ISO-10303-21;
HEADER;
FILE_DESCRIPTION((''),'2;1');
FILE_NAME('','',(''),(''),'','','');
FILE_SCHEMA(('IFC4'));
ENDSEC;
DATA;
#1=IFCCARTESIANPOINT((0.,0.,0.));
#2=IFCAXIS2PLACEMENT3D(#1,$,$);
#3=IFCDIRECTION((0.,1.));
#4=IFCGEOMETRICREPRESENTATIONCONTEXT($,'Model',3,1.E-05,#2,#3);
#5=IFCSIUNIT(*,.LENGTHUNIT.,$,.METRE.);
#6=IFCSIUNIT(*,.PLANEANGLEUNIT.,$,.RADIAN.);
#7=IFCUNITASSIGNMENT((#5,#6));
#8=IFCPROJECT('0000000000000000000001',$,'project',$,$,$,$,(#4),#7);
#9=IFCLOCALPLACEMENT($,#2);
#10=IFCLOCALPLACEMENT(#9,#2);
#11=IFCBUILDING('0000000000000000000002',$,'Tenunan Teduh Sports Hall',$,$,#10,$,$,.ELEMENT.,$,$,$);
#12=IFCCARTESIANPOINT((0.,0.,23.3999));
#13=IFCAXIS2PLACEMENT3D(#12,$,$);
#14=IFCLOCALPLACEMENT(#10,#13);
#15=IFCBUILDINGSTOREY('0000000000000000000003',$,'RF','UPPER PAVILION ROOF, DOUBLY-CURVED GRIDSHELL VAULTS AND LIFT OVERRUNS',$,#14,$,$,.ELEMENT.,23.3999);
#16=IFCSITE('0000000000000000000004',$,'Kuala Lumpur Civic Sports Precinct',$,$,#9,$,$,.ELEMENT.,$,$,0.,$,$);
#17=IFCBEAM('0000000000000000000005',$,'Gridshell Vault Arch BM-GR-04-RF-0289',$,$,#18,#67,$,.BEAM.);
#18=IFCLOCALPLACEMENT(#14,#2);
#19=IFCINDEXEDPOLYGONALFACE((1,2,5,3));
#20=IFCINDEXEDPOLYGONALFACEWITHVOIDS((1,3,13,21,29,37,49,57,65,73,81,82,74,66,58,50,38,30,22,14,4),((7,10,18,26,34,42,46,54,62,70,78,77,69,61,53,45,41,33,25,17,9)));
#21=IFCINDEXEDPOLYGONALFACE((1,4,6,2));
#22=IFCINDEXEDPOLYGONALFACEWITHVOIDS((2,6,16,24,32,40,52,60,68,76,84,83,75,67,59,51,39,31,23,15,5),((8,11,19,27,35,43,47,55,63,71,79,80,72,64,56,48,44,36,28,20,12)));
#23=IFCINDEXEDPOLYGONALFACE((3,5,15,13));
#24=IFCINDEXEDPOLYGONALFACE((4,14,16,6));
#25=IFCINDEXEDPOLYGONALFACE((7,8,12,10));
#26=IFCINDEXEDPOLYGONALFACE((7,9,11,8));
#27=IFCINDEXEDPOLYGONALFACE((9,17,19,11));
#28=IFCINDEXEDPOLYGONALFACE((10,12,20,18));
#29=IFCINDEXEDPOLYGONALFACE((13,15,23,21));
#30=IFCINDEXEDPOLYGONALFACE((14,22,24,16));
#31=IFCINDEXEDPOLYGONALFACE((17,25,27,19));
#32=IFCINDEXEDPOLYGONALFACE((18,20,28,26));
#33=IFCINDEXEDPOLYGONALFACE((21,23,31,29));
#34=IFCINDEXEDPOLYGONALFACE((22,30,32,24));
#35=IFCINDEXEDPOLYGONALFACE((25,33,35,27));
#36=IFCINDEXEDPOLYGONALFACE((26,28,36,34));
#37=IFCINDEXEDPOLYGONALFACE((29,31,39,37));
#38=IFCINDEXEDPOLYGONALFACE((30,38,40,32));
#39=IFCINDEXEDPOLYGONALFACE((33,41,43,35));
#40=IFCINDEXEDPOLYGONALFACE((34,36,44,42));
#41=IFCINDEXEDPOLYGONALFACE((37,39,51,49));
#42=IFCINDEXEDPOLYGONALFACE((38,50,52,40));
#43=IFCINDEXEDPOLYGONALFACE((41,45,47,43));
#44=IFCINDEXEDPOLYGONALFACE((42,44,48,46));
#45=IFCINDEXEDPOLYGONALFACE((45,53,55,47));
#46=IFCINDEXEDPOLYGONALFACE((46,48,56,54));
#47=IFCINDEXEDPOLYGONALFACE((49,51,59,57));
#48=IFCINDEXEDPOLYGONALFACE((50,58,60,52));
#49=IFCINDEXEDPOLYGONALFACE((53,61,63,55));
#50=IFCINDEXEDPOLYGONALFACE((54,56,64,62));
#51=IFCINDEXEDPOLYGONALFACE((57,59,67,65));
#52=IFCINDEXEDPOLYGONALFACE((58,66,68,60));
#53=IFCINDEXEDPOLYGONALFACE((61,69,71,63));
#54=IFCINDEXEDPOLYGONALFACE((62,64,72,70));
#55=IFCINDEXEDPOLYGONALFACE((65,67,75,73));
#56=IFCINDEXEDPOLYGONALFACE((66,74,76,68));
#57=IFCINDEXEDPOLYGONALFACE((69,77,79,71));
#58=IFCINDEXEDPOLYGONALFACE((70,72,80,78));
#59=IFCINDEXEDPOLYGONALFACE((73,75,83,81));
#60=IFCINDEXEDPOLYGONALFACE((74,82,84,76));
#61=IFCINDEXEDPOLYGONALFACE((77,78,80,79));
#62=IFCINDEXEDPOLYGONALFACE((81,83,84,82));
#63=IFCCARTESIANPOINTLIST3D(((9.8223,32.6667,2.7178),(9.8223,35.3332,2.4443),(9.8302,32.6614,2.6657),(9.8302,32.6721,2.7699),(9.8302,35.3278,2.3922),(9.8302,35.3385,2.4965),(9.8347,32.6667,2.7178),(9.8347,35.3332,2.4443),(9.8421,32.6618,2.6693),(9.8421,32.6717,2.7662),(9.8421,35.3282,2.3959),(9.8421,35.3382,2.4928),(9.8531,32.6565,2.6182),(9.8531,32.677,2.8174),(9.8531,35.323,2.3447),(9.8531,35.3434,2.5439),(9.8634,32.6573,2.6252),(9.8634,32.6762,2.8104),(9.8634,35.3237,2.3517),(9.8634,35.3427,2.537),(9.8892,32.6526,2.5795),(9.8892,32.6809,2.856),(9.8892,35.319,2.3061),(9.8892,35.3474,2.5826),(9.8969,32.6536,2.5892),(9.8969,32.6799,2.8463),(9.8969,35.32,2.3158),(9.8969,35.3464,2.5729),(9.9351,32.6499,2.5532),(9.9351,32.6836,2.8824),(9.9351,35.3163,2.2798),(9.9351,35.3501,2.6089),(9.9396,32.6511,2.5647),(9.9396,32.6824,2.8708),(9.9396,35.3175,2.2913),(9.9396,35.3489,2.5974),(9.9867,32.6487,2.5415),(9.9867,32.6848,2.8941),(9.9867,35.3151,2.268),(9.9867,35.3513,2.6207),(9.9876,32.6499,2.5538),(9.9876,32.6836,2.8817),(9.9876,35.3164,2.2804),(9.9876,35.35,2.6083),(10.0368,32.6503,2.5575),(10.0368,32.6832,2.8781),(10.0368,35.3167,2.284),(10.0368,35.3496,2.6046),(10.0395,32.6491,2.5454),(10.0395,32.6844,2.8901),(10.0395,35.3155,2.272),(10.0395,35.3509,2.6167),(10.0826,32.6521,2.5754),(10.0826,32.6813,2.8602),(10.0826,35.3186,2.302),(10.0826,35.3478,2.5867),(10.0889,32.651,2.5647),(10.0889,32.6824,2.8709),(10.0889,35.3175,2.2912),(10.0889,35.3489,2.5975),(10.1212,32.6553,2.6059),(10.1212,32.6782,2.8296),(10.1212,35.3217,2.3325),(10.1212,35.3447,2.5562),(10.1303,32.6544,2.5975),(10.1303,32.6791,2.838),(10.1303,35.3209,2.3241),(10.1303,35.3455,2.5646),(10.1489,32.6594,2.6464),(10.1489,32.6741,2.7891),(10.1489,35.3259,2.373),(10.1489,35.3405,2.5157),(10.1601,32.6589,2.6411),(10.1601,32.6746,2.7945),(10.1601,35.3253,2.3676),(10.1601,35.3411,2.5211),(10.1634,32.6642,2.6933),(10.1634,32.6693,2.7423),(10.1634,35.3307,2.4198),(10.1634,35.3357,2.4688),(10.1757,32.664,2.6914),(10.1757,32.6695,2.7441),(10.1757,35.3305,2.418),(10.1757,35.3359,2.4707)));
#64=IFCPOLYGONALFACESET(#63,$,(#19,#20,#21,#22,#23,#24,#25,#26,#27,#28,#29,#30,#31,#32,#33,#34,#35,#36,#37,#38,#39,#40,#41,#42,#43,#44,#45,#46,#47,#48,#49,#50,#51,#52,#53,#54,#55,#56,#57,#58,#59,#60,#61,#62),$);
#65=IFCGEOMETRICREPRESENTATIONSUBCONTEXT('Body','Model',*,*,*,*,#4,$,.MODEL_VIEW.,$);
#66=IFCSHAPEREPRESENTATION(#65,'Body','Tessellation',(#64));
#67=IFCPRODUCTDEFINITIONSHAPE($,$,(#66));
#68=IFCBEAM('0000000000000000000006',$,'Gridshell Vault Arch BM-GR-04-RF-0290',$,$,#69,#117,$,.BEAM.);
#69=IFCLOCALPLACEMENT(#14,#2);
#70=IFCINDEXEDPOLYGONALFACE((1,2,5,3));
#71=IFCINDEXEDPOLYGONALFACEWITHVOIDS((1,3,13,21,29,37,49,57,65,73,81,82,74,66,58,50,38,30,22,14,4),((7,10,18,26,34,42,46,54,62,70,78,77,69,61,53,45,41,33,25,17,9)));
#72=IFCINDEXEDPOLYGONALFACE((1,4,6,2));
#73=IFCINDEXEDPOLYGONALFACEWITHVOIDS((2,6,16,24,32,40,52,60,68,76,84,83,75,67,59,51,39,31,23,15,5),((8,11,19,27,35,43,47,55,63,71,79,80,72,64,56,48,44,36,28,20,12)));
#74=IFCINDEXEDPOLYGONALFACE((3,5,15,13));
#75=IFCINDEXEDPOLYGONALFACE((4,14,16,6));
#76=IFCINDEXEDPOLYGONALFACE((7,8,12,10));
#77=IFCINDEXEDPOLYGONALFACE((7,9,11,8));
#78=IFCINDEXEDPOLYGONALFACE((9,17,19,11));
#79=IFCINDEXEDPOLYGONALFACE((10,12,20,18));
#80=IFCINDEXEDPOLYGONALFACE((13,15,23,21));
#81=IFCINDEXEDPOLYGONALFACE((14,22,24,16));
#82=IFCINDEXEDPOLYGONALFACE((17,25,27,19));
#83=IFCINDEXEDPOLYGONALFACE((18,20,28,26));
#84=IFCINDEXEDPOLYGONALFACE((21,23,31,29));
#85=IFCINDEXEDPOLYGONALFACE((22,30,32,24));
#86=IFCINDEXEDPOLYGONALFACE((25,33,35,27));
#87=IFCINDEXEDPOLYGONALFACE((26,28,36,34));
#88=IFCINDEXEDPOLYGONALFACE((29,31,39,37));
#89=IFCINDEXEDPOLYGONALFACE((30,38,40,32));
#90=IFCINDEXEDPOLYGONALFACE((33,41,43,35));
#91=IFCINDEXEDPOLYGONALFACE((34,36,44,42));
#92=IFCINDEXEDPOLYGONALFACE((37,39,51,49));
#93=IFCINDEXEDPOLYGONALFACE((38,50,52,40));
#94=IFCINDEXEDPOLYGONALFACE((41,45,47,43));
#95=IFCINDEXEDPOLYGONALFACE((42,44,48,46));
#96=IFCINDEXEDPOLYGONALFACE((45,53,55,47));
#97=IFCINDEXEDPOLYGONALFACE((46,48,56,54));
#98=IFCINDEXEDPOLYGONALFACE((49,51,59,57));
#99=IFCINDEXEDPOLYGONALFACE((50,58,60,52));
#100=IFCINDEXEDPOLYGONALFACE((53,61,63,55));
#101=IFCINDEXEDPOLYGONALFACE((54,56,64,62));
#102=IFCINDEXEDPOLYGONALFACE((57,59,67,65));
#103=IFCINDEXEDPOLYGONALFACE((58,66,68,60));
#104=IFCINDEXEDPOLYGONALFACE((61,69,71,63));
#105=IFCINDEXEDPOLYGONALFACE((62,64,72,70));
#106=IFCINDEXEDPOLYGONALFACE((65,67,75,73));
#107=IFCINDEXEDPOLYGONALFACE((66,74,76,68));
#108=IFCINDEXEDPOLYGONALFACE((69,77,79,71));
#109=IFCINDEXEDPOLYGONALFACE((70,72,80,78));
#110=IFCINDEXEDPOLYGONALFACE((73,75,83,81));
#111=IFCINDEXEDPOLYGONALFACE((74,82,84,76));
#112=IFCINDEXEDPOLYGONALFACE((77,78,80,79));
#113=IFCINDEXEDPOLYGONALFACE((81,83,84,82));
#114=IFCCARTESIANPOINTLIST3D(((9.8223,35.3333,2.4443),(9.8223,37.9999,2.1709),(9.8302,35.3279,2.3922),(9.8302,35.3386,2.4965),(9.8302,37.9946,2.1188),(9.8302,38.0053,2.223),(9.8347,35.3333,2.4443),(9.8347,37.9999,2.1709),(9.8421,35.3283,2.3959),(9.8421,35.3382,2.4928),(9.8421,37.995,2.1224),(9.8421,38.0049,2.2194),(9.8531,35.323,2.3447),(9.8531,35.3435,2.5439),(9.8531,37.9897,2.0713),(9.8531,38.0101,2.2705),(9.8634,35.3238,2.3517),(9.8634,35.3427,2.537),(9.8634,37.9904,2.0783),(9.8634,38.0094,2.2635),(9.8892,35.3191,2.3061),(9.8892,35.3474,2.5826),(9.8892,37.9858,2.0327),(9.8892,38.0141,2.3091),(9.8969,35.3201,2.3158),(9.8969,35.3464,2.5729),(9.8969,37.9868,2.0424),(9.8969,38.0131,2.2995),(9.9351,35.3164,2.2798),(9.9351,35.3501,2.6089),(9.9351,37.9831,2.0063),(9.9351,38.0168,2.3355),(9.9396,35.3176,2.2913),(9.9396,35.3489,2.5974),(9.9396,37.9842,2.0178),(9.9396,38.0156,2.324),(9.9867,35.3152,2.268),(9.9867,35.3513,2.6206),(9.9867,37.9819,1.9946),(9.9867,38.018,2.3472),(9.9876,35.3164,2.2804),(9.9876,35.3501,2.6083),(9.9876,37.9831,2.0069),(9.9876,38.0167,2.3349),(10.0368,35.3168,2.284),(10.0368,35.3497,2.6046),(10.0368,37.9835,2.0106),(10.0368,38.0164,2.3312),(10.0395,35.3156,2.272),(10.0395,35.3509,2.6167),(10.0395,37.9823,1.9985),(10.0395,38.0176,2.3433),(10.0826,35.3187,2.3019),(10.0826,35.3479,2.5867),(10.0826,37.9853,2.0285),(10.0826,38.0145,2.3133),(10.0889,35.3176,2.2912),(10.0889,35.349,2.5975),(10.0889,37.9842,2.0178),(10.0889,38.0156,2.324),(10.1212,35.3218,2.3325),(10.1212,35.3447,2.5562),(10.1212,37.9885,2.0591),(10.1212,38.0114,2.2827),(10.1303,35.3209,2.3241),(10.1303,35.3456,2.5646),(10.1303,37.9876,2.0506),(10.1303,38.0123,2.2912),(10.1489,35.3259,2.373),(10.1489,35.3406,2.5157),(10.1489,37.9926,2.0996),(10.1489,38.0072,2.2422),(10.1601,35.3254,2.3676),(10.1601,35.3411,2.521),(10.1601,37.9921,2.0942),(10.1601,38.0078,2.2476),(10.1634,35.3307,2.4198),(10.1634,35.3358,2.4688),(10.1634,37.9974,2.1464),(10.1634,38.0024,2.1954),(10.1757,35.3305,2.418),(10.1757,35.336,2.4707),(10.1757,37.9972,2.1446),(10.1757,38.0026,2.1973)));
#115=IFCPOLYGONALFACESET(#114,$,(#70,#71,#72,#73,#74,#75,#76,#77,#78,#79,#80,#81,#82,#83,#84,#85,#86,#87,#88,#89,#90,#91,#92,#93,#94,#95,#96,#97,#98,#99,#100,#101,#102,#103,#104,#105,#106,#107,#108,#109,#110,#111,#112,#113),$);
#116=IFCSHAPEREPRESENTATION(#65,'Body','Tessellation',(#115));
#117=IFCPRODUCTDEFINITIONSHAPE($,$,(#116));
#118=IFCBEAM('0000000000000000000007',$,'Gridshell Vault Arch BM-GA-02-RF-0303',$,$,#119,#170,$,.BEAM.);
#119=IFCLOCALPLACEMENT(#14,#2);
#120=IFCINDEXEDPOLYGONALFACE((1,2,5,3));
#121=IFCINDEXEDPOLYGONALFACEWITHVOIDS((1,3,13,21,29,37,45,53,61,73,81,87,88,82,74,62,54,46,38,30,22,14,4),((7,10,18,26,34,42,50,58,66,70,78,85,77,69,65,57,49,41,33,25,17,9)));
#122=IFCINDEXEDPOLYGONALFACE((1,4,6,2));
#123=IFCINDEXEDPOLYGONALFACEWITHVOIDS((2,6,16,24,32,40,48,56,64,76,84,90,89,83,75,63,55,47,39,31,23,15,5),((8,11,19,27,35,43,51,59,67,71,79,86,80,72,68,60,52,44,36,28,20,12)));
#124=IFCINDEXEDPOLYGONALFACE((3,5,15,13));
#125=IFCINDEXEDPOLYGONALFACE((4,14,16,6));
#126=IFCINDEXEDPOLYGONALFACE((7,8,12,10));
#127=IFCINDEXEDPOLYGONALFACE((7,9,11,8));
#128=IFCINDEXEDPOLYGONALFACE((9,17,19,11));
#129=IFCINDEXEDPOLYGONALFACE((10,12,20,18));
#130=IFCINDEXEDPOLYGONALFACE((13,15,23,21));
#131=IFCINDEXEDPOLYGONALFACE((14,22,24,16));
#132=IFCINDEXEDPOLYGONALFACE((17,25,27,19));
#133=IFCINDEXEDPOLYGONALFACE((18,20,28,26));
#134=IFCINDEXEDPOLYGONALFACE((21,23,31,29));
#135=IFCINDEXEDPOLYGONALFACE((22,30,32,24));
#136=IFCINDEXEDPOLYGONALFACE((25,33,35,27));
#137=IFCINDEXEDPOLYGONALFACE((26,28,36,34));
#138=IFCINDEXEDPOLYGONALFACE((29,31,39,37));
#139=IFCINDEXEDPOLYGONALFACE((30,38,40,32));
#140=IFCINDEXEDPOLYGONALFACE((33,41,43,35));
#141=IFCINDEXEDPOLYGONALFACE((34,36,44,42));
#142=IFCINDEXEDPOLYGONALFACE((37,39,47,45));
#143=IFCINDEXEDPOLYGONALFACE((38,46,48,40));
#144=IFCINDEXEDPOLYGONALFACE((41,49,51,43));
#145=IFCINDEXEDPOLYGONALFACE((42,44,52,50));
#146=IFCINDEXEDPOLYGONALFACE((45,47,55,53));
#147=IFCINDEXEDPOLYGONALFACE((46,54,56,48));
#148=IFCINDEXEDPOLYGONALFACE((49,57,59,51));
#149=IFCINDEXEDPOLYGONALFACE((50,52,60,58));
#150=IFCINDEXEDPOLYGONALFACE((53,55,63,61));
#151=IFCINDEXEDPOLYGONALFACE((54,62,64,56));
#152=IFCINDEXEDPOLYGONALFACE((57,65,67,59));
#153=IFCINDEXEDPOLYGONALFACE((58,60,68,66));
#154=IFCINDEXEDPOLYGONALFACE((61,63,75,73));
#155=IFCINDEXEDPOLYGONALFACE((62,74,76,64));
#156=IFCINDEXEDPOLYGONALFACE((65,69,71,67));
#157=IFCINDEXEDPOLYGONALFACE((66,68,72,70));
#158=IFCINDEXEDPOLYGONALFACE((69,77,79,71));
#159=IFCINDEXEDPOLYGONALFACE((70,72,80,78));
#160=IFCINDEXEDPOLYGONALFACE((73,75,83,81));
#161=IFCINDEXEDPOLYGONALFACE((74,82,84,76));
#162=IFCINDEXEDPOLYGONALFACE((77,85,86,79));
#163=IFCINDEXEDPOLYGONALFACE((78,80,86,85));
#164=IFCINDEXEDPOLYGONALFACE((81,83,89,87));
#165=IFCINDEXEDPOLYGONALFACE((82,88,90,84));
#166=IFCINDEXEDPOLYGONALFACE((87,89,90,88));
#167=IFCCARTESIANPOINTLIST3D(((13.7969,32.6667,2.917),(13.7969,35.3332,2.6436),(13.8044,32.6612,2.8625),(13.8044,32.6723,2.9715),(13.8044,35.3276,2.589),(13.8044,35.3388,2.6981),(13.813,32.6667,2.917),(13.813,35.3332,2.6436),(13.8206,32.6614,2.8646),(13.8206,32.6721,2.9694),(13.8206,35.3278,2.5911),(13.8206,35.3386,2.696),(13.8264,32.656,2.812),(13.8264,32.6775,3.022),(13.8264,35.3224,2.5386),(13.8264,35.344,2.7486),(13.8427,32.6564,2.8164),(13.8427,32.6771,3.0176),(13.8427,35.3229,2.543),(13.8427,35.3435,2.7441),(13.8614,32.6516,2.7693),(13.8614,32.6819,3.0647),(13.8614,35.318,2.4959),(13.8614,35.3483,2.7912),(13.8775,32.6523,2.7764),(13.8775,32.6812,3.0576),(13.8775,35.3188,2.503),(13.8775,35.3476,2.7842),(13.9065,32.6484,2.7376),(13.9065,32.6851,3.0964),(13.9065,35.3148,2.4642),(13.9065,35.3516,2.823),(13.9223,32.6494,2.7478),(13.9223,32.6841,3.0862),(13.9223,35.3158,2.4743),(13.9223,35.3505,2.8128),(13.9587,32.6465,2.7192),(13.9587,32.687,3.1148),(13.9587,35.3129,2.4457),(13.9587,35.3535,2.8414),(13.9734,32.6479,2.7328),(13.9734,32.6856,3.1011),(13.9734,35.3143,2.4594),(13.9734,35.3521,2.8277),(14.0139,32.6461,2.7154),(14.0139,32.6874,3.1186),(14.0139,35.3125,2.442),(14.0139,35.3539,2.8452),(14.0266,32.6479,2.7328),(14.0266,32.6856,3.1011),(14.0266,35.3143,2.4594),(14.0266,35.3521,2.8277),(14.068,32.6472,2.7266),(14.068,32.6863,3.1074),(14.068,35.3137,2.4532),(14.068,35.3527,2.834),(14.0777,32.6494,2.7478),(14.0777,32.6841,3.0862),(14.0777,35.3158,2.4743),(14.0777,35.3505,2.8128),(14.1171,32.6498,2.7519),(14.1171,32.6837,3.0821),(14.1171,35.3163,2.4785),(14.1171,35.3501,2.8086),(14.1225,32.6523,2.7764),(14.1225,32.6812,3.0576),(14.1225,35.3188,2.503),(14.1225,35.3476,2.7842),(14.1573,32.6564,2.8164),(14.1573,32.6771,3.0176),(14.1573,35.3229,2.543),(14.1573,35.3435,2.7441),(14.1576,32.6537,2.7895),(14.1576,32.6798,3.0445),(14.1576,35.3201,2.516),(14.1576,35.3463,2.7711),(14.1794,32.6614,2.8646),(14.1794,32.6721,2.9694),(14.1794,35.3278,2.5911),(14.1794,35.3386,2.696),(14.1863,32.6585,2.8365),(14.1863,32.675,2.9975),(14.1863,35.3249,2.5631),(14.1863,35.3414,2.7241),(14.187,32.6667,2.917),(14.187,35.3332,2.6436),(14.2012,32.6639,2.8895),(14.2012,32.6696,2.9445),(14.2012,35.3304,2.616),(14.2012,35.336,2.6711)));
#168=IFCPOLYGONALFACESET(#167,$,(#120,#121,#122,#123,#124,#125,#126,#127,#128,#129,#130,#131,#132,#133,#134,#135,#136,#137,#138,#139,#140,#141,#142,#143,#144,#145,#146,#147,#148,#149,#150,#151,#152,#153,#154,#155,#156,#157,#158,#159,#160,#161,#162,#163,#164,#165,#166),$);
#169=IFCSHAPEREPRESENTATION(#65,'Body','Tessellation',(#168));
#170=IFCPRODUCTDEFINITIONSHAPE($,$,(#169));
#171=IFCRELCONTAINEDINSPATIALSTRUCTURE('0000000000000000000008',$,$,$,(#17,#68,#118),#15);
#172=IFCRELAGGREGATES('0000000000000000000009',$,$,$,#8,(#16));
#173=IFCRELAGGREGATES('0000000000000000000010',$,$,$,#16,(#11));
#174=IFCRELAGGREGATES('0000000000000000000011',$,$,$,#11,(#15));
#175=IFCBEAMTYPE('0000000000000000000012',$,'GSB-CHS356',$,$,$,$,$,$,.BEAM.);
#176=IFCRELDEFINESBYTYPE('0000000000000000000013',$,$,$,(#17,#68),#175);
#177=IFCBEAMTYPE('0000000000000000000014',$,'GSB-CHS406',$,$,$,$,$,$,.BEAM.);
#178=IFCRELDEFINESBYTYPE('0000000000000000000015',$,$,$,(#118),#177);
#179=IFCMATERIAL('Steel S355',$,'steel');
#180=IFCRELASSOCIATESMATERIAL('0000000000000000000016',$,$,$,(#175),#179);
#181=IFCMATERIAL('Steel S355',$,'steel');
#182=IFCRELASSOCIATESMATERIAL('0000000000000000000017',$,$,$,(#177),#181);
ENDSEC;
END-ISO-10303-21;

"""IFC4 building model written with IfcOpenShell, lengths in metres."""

from ifc_helpers import new_model, si_unit, direction, frame, origin, origin_2d, place, context, subcontext, project, spatial, hollow_circle, extrude, material, material_profile, profile_set, type_object, element, save


model = new_model("IFC4")

# Units and contexts
model_context = context("Model", 3, precision=1e-05, world=origin(), true_north=direction((0.0, 1.0)))
body_context = subcontext(model_context, "Body", "Model", "MODEL_VIEW")
ifc_project = project(units=[si_unit("LENGTHUNIT", "METRE"), si_unit("PLANEANGLEUNIT", "RADIAN")], contexts=[model_context])

# Site, building, storey
site_placement = place(None, origin())
site = spatial("IfcSite", under=ifc_project, at=site_placement, Name="Kuala Lumpur Civic Sports Precinct", CompositionType="ELEMENT", RefElevation=0.0)
building_placement = place(site_placement, origin())
building = spatial("IfcBuilding", under=site, at=building_placement, Name="Tenunan Teduh Sports Hall", CompositionType="ELEMENT")
storey_placement = place(building_placement, frame((0.0, 0.0, 23.3999)))
storey = spatial("IfcBuildingStorey", under=building, at=storey_placement, Name="RF", Description="UPPER PAVILION ROOF, DOUBLY-CURVED GRIDSHELL VAULTS AND LIFT OVERRUNS", CompositionType="ELEMENT", Elevation=23.3999)

# Beams
ifc_material_1 = material(Name="Steel S355", Category="steel")
ifc_material_profile_1 = material_profile(ifc_material_1, hollow_circle(Radius=0.1777, WallThickness=0.0125, at=origin_2d()), Name="CHS 355.6x12.5")
ifc_profile_set_1 = profile_set([ifc_material_profile_1], Name="Steel S355")
beam_type_1 = type_object("IfcBeamType", Name="GSB-CHS356", PredefinedType="BEAM", material=ifc_profile_set_1)
beam_1_placement = place(storey_placement, frame((10.0, 32.6667, 2.7178), z_axis=(0.0, 0.994783, -0.10201), x_axis=(-1.0, 0.0, 0.0)))
element("IfcBeam", 1, at=beam_1_placement, inside=storey, type_object=beam_type_1, Name="Gridshell Vault Arch BM-GR-04-RF-0289", PredefinedType="BEAM", context=body_context, shape_type="SweptSolid", body=[
    extrude(hollow_circle(Radius=0.1777, WallThickness=0.0125, at=origin_2d()), origin(), (0.0, 0.0, 1.0), 2.6804),
])
beam_2_placement = place(storey_placement, frame((10.0, 35.3333, 2.4443), z_axis=(0.0, 0.994784, -0.102001), x_axis=(-1.0, 0.0, 0.0)))
element("IfcBeam", 2, at=beam_2_placement, inside=storey, type_object=beam_type_1, Name="Gridshell Vault Arch BM-GR-04-RF-0290", PredefinedType="BEAM", context=body_context, shape_type="SweptSolid", body=[
    extrude(hollow_circle(Radius=0.1777, WallThickness=0.0125, at=origin_2d()), origin(), (0.0, 0.0, 1.0), 2.6807),
])
ifc_material_2 = material(Name="Steel S355", Category="steel")
ifc_material_profile_2 = material_profile(ifc_material_2, hollow_circle(Radius=0.2031, WallThickness=0.0161, at=origin_2d()), Name="CHS 406.4x16.0")
ifc_profile_set_2 = profile_set([ifc_material_profile_2], Name="Steel S355")
beam_type_2 = type_object("IfcBeamType", Name="GSB-CHS406", PredefinedType="BEAM", material=ifc_profile_set_2)
beam_3_placement = place(storey_placement, frame((14.0, 32.6667, 2.917), z_axis=(0.0, 0.994783, -0.10201), x_axis=(-1.0, 0.0, 0.0)))
element("IfcBeam", 3, at=beam_3_placement, inside=storey, type_object=beam_type_2, Name="Gridshell Vault Arch BM-GA-02-RF-0303", PredefinedType="BEAM", context=body_context, shape_type="SweptSolid", body=[
    extrude(hollow_circle(Radius=0.2031, WallThickness=0.0161, at=origin_2d()), origin(), (0.0, 0.0, 1.0), 2.6804),
])

save(model, "model.ifc")
